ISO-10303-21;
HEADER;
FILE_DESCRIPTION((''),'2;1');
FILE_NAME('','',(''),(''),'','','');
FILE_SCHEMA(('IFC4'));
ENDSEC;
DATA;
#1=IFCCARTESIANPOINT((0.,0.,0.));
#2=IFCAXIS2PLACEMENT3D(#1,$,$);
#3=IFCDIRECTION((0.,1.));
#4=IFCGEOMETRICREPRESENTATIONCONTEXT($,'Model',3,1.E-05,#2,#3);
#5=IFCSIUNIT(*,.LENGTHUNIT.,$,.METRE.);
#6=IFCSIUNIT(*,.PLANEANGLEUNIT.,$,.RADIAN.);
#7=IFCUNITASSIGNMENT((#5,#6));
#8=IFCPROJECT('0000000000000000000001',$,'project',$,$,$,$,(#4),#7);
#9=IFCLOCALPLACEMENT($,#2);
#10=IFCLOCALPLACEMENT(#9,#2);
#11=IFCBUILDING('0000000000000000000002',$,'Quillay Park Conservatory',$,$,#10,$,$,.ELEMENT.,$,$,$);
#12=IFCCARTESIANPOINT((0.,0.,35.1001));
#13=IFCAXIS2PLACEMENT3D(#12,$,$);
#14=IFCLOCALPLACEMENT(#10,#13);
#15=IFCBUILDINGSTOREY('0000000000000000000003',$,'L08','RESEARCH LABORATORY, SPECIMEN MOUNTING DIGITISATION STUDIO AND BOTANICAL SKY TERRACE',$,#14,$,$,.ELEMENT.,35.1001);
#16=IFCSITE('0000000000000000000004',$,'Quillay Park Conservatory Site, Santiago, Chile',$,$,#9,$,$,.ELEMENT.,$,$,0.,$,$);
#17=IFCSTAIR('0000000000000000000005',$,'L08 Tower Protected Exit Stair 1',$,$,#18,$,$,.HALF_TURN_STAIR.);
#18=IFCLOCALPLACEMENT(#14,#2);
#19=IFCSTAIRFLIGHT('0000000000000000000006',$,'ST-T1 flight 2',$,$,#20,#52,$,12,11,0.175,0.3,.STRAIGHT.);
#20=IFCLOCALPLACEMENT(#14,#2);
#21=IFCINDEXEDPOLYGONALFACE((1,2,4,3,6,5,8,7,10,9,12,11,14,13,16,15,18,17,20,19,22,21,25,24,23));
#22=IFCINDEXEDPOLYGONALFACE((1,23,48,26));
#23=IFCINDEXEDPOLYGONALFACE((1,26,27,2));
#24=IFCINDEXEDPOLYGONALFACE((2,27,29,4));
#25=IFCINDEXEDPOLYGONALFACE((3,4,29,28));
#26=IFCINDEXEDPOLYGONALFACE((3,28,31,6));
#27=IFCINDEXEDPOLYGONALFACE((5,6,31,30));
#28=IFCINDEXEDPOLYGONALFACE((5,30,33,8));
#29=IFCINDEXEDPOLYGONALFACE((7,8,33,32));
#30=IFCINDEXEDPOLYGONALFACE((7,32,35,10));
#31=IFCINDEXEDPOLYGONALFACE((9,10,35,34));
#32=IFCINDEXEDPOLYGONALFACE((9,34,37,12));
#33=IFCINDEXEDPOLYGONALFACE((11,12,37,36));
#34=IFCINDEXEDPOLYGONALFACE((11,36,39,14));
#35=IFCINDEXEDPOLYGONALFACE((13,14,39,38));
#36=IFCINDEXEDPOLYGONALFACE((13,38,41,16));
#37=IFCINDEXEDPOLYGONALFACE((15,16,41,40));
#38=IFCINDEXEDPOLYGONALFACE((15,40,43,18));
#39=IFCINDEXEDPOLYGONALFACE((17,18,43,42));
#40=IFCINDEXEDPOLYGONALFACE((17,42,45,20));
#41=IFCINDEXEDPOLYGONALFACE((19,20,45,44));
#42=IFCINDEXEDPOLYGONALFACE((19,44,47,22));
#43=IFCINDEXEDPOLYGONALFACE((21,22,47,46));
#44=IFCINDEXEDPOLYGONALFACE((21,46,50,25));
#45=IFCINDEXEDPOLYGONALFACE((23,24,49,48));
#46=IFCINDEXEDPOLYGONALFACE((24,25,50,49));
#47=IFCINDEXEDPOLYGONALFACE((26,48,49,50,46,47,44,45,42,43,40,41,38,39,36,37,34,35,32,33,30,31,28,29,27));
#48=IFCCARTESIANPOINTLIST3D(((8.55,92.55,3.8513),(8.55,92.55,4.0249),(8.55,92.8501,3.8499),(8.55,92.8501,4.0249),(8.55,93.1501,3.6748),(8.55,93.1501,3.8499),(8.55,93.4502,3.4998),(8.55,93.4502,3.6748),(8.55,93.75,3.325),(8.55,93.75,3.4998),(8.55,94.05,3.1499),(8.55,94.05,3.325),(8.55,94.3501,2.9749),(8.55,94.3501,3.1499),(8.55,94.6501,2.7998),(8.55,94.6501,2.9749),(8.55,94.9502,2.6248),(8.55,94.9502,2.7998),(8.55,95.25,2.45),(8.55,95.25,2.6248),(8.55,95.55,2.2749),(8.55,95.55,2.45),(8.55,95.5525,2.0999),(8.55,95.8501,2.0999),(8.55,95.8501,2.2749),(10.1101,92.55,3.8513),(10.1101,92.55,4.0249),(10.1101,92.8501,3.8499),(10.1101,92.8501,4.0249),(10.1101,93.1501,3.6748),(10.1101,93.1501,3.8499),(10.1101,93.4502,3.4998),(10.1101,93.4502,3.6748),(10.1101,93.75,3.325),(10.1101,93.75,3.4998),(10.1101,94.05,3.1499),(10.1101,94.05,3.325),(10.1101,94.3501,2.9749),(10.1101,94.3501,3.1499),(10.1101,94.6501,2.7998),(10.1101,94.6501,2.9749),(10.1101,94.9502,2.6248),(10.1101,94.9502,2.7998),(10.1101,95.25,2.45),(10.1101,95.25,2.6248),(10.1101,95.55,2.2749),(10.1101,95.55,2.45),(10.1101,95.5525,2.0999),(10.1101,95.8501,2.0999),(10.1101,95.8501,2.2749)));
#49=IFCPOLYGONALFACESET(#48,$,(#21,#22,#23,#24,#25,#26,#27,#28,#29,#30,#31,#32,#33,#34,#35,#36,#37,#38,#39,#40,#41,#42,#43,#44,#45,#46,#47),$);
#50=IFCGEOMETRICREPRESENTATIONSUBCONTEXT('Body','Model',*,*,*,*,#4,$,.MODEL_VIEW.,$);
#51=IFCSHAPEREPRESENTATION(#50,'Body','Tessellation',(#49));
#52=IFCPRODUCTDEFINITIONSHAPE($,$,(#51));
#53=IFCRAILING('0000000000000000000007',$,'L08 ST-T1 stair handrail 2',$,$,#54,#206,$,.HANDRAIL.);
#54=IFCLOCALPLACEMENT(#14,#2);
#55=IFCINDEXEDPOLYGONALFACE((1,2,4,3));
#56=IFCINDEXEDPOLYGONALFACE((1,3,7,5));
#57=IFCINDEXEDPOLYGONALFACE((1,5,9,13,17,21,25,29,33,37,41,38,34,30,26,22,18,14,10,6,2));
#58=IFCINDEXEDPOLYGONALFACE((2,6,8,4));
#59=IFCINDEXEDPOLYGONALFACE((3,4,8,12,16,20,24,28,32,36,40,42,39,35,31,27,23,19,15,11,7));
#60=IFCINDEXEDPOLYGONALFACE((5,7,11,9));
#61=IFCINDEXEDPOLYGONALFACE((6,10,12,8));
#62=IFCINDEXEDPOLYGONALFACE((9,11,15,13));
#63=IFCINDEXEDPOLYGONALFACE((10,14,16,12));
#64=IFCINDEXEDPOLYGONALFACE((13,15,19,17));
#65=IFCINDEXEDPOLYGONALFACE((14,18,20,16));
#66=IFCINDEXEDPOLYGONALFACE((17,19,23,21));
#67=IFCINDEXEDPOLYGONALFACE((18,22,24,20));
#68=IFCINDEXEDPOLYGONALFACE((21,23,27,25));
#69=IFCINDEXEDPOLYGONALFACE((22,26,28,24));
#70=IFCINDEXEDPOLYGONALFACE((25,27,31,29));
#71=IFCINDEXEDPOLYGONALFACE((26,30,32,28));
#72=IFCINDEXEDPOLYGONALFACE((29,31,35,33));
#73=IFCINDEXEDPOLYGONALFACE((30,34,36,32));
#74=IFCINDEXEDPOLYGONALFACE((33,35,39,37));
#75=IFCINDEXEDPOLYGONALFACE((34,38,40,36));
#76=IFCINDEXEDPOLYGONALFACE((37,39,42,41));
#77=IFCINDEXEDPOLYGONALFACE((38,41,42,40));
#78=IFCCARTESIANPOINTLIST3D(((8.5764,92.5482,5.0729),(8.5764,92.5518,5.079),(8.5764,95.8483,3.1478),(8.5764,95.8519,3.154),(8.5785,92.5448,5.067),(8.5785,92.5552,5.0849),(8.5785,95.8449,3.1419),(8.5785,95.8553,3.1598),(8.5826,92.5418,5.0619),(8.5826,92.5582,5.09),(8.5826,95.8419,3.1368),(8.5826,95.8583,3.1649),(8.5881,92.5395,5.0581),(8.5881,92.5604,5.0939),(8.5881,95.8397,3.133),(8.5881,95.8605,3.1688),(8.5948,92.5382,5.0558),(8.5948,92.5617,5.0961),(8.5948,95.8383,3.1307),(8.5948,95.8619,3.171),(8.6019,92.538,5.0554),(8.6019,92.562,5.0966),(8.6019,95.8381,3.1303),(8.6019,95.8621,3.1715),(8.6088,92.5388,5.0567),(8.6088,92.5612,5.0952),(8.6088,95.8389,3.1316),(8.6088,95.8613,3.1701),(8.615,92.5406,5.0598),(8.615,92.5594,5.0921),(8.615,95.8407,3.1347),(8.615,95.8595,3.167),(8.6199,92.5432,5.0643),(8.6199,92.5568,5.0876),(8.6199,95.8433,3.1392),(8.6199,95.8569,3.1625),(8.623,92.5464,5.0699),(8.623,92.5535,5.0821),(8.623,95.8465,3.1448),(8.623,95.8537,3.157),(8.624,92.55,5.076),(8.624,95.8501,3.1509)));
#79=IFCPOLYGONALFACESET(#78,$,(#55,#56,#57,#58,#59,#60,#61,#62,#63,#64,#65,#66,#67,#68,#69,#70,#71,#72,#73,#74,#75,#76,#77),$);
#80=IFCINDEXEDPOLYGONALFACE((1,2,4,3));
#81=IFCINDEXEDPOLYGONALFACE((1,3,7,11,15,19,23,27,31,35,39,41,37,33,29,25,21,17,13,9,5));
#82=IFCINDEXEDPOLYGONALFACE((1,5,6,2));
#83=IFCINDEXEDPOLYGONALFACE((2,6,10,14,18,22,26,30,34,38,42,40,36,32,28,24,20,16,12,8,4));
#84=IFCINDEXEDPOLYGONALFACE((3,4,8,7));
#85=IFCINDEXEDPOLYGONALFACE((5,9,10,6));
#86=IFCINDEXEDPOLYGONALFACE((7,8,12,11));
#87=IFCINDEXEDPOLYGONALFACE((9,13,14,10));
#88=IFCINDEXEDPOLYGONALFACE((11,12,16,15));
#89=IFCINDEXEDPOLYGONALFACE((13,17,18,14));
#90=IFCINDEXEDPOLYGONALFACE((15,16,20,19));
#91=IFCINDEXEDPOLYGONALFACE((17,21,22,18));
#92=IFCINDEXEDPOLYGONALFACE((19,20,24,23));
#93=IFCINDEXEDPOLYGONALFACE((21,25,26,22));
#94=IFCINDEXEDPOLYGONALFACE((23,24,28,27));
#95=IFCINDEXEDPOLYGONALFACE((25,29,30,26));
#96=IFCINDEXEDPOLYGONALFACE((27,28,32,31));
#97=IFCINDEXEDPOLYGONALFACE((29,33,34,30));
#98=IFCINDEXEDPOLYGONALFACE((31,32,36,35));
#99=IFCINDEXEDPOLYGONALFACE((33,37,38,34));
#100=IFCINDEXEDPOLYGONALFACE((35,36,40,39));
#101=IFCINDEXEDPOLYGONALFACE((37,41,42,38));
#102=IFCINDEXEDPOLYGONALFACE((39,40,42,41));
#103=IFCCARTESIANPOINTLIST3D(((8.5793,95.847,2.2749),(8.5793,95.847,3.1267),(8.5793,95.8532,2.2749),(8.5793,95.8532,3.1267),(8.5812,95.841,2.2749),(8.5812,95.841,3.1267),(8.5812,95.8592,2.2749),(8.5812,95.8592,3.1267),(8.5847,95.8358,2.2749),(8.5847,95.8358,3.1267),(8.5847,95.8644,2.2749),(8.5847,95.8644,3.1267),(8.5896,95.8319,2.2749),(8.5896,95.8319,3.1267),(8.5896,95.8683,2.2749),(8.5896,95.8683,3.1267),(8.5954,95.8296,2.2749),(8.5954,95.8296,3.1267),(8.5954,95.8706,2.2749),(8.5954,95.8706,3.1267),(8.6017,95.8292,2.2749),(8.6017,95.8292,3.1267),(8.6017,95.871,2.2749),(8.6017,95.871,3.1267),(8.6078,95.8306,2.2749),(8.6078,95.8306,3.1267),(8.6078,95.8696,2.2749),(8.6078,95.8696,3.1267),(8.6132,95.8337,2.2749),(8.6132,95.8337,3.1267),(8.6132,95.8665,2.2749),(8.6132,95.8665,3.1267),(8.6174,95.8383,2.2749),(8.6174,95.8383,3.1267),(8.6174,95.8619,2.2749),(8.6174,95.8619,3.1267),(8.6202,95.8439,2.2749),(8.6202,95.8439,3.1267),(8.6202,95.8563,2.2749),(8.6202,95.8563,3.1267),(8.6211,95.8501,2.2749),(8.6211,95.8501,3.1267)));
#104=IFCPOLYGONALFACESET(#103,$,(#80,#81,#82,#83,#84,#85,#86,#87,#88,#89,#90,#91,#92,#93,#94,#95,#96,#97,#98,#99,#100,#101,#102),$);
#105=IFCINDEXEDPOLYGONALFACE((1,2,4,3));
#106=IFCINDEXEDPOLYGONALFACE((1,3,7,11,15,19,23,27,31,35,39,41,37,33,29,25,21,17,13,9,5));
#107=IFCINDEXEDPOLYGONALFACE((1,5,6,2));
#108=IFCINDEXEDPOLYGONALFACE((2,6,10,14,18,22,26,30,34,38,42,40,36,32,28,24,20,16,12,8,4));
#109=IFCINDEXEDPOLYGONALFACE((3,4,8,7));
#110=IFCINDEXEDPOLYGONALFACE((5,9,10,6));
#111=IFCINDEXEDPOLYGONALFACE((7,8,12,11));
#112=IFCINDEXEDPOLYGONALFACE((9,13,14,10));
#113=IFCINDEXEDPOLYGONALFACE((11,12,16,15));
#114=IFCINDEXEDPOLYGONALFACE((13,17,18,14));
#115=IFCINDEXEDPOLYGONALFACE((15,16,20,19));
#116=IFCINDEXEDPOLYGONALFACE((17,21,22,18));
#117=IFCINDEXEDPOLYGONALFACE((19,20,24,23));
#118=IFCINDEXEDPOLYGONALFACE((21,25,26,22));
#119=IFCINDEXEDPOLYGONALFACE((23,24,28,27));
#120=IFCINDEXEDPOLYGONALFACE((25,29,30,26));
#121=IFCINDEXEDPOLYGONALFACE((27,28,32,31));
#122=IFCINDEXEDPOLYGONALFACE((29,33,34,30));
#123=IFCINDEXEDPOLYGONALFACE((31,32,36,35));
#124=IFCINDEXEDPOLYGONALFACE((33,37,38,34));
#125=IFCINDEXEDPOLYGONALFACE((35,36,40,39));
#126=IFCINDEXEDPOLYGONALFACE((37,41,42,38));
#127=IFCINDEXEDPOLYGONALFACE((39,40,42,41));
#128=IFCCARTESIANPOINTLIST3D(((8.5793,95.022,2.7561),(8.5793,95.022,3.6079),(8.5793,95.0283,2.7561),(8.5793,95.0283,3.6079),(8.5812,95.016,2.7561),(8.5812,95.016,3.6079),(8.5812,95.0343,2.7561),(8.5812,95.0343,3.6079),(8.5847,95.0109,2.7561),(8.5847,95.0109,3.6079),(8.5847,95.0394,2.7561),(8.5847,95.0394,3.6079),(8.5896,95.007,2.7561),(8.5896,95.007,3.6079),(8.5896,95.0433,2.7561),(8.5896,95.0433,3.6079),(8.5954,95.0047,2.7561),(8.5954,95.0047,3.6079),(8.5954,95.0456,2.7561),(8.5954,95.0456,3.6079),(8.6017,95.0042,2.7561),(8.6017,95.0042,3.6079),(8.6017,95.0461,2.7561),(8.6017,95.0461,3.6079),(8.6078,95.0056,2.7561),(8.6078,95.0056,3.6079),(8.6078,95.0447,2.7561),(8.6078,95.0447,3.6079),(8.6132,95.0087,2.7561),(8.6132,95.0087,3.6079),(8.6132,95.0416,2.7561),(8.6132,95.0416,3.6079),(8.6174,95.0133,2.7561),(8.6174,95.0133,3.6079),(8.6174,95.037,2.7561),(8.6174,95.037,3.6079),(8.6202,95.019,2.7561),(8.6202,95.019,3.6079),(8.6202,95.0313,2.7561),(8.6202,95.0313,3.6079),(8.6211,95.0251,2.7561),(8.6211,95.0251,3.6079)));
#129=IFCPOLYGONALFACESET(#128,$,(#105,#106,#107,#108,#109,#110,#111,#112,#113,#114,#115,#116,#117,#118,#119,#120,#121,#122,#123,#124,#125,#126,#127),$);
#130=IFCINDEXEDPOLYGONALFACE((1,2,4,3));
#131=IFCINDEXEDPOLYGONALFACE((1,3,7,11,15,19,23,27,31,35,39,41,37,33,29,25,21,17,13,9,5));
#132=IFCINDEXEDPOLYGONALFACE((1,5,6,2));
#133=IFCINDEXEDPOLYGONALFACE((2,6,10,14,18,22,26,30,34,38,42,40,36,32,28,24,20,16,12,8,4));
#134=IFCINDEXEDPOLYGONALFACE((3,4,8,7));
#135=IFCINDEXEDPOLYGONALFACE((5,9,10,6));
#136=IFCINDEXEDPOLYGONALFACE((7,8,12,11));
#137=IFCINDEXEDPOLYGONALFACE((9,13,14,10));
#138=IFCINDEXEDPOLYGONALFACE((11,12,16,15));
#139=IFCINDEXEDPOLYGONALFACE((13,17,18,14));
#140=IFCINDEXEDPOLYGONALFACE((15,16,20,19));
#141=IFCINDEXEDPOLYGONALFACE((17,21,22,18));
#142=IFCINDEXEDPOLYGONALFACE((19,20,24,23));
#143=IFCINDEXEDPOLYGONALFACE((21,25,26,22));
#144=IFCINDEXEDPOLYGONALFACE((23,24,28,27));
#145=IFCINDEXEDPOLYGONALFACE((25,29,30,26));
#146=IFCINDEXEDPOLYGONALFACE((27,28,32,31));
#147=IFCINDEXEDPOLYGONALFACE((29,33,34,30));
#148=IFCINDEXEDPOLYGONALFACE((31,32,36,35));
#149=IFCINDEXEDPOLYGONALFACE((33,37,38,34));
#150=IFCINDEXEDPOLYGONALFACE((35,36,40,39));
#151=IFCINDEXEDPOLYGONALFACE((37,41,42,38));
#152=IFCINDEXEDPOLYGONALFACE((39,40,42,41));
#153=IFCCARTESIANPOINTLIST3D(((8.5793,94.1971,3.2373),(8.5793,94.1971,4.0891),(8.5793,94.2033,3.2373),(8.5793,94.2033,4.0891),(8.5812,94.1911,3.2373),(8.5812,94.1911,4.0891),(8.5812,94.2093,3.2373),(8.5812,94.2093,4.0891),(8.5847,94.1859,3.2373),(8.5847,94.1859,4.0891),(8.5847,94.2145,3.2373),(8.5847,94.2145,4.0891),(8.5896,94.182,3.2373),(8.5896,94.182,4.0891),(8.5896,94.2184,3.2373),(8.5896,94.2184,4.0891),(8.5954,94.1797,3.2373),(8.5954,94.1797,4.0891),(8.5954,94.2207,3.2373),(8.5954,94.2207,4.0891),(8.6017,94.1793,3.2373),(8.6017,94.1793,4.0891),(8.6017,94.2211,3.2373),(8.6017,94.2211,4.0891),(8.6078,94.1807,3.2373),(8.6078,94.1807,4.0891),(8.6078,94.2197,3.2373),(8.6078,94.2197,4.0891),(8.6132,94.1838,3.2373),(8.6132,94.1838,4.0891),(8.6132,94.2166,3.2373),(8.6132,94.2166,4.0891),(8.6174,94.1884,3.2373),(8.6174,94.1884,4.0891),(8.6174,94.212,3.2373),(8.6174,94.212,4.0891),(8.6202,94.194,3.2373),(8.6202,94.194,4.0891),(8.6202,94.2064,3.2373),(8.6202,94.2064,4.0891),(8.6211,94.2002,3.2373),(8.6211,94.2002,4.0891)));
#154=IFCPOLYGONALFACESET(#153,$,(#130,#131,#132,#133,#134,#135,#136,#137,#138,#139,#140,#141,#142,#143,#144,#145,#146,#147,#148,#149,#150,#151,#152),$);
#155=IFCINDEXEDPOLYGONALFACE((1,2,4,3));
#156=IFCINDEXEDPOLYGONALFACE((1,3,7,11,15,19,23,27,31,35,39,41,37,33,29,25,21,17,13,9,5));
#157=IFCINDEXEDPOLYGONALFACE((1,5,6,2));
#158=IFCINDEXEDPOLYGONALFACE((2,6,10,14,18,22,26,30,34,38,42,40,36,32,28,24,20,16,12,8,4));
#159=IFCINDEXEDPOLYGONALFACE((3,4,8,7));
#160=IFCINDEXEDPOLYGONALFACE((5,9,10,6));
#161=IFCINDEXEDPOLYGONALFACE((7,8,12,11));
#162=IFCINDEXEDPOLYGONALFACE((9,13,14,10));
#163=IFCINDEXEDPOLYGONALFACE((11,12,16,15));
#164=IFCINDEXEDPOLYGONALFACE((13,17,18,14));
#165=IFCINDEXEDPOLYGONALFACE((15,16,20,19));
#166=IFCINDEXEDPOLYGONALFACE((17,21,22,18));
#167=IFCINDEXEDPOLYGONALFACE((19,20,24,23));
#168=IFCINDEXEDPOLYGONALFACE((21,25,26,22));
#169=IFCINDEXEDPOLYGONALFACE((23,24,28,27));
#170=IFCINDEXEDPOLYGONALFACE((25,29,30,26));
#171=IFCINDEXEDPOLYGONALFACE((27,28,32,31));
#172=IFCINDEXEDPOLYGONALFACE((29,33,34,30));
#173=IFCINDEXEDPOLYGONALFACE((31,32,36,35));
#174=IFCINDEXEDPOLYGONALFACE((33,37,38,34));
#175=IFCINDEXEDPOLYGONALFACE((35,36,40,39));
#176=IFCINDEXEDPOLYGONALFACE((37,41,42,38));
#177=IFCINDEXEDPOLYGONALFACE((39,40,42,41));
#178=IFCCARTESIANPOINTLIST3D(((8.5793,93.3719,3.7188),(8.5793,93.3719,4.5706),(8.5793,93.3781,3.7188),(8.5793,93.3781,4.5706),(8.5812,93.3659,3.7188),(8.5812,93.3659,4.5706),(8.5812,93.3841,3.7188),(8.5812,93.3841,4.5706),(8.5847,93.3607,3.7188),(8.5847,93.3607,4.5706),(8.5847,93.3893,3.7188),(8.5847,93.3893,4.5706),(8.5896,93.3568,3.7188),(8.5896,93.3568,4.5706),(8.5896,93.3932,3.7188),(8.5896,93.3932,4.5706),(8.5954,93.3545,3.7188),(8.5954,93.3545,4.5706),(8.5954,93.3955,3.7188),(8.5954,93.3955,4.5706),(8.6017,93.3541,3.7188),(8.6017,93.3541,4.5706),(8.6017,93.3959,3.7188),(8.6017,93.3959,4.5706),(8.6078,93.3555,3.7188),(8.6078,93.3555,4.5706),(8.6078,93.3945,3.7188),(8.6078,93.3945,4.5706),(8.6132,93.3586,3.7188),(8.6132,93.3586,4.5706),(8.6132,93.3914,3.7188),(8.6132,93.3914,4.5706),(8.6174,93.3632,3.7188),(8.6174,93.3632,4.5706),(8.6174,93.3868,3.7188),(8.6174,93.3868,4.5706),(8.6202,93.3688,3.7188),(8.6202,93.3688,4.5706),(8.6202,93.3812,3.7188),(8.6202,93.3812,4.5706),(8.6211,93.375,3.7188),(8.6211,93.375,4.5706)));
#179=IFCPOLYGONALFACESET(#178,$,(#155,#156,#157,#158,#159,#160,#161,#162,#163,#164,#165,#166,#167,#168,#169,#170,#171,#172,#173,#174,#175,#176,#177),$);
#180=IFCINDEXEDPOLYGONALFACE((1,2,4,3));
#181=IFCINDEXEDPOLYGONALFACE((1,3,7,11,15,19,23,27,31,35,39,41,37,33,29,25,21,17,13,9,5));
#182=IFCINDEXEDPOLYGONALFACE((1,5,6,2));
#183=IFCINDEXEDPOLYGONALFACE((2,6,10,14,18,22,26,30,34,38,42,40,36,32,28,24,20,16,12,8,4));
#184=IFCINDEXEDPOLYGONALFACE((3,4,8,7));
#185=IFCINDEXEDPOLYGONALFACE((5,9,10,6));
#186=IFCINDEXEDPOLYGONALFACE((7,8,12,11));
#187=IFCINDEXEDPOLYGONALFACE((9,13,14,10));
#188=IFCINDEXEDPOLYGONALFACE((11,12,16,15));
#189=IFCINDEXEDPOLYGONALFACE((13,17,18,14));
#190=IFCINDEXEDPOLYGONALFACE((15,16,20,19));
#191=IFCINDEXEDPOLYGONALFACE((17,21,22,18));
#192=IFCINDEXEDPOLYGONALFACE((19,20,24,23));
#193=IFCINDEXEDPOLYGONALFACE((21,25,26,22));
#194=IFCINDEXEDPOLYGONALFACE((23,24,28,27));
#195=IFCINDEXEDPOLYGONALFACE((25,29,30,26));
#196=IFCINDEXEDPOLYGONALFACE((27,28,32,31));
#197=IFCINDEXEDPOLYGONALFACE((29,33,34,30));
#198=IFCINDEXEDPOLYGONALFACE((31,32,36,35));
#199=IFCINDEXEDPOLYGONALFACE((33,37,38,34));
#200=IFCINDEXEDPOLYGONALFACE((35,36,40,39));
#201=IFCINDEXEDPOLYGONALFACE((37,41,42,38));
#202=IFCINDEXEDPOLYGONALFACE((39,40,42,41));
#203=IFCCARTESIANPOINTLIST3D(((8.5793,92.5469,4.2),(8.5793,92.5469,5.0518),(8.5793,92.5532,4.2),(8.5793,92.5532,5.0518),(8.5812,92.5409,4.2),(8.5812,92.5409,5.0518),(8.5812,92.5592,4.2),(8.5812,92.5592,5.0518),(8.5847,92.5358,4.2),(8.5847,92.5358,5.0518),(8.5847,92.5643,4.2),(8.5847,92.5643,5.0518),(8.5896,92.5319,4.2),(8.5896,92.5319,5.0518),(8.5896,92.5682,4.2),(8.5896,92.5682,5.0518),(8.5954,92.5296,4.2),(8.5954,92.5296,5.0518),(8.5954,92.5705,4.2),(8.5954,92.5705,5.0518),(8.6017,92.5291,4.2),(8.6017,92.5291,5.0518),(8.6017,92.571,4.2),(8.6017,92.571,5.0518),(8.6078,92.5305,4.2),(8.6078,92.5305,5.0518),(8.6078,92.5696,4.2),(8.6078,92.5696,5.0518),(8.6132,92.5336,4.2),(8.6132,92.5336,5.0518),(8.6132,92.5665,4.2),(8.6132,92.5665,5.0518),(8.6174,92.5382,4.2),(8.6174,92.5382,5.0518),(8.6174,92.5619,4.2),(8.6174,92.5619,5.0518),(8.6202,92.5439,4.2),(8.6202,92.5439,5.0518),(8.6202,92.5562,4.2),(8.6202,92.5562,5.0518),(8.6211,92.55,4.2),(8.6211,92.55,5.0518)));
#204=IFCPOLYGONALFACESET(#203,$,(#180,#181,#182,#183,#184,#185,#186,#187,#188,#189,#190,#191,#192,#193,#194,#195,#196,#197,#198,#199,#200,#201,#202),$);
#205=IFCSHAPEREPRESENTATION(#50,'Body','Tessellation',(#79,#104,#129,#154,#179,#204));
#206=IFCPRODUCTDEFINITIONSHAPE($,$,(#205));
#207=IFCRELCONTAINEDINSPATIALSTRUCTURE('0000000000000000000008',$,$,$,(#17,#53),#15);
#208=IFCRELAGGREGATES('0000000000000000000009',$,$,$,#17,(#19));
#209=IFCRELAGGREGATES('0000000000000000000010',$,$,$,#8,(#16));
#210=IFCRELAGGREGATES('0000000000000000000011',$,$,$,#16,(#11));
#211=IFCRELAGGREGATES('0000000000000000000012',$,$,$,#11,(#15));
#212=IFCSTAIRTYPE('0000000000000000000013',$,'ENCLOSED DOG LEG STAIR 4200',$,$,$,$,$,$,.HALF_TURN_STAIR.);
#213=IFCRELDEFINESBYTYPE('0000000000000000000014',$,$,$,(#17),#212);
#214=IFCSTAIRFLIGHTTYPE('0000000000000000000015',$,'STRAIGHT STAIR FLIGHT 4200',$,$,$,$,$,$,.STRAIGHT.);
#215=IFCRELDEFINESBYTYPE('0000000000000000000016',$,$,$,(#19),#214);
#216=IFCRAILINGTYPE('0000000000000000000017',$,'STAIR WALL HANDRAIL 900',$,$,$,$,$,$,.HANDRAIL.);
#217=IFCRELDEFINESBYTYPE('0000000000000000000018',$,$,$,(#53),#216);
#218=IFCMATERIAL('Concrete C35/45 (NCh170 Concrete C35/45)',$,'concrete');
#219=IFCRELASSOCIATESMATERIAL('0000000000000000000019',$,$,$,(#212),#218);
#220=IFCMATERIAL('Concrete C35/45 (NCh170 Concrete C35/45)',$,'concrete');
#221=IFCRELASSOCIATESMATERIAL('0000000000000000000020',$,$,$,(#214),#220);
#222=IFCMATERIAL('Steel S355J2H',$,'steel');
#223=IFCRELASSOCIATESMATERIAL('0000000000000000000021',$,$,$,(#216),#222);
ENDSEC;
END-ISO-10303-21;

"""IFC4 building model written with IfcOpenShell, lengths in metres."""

from ifc_helpers import new_model, si_unit, direction, frame, origin, origin_2d, place, context, subcontext, project, spatial, polyline, circle, outline, extrude, material, type_object, element, aggregate, save


model = new_model("IFC4")

# Units and contexts
model_context = context("Model", 3, precision=1e-05, world=origin(), true_north=direction((0.0, 1.0)))
body_context = subcontext(model_context, "Body", "Model", "MODEL_VIEW")
ifc_project = project(units=[si_unit("LENGTHUNIT", "METRE"), si_unit("PLANEANGLEUNIT", "RADIAN")], contexts=[model_context])

# Site, building, storey
site_placement = place(None, origin())
site = spatial("IfcSite", under=ifc_project, at=site_placement, Name="Quillay Park Conservatory Site, Santiago, Chile", CompositionType="ELEMENT", RefElevation=0.0)
building_placement = place(site_placement, origin())
building = spatial("IfcBuilding", under=site, at=building_placement, Name="Quillay Park Conservatory", CompositionType="ELEMENT")
storey_placement = place(building_placement, frame((0.0, 0.0, 35.1001)))
storey = spatial("IfcBuildingStorey", under=building, at=storey_placement, Name="L08", Description="RESEARCH LABORATORY, SPECIMEN MOUNTING DIGITISATION STUDIO AND BOTANICAL SKY TERRACE", CompositionType="ELEMENT", Elevation=35.1001)

# Stair, stair flight
ifc_material_1 = material(Name="Concrete C35/45 (NCh170 Concrete C35/45)", Category="concrete")
stair_type = type_object("IfcStairType", Name="ENCLOSED DOG LEG STAIR 4200", PredefinedType="HALF_TURN_STAIR", material=ifc_material_1)
stair_placement = place(storey_placement, origin())
stair = element("IfcStair", 1, at=stair_placement, inside=storey, type_object=stair_type, Name="L08 Tower Protected Exit Stair 1", PredefinedType="HALF_TURN_STAIR")
ifc_material_2 = material(Name="Concrete C35/45 (NCh170 Concrete C35/45)", Category="concrete")
stair_flight_type = type_object("IfcStairFlightType", Name="STRAIGHT STAIR FLIGHT 4200", PredefinedType="STRAIGHT", material=ifc_material_2)
stair_flight_placement = place(storey_placement, frame((9.3301, 95.8501, 2.0999), z_axis=(0.0, 0.0, 1.0), x_axis=(0.0, -1.0, 0.0)))
stair_flight = element("IfcStairFlight", 2, at=stair_flight_placement, type_object=stair_flight_type, Name="ST-T1 flight 2", NumberOfRisers=12, NumberOfTreads=11, PredefinedType="STRAIGHT", RiserHeight=0.175, TreadLength=0.3, context=body_context, shape_type="SweptSolid", body=[
    extrude(outline(polyline([(0.0, 0.0), (0.0, 0.175), (0.3, 0.175), (0.3, 0.3501), (0.6001, 0.3501), (0.6001, 0.5249), (0.8999, 0.5249), (0.8999, 0.7), (1.2, 0.7), (1.2, 0.875), (1.5, 0.875), (1.5, 1.05), (1.8, 1.05), (1.8, 1.2251), (2.1001, 1.2251), (2.1001, 1.3999), (2.3999, 1.3999), (2.3999, 1.575), (2.7, 1.575), (2.7, 1.75), (3.0, 1.75), (3.0, 1.925), (3.3, 1.925), (3.3, 2.1001), (3.3, 1.7515), (0.2976, 0.0), (0.0, 0.0)])), frame((0.0, 0.78, 0.0), z_axis=(0.0, -1.0, 0.0), x_axis=(1.0, 0.0, 0.0)), (0.0, 0.0, 1.0), 1.5601),
])
aggregate(stair, [stair_flight])

# Railing
ifc_material_3 = material(Name="Steel S355J2H", Category="steel")
railing_type_1 = type_object("IfcRailingType", Name="STAIR WALL HANDRAIL 900", PredefinedType="HANDRAIL", material=ifc_material_3)
railing_1_placement = place(storey_placement, frame((8.6001, 95.8501, 2.2749)))
element("IfcRailing", 3, at=railing_1_placement, inside=storey, type_object=railing_type_1, Name="L08 ST-T1 stair handrail 2", PredefinedType="HANDRAIL", context=body_context, shape_type="SweptSolid", body=[
    extrude(circle(Radius=0.0239, at=origin_2d()), frame((0.0, 0.0, 0.876), z_axis=(0.0, -0.863777, 0.503875), x_axis=(1.0, 0.0, 0.0)), (0.0, 0.0, 1.0), 3.8206),
    extrude(circle(Radius=0.021, at=origin_2d()), origin(), (0.0, 0.0, 1.0), 0.8518),
    extrude(circle(Radius=0.021, at=origin_2d()), frame((0.0, -0.825, 0.4812)), (0.0, 0.0, 1.0), 0.8518),
    extrude(circle(Radius=0.021, at=origin_2d()), frame((0.0, -1.6499, 0.9624)), (0.0, 0.0, 1.0), 0.8518),
    extrude(circle(Radius=0.021, at=origin_2d()), frame((0.0, -2.4751, 1.4438)), (0.0, 0.0, 1.0), 0.8518),
    extrude(circle(Radius=0.021, at=origin_2d()), frame((0.0, -3.3, 1.925)), (0.0, 0.0, 1.0), 0.8518),
])

save(model, "model.ifc")
